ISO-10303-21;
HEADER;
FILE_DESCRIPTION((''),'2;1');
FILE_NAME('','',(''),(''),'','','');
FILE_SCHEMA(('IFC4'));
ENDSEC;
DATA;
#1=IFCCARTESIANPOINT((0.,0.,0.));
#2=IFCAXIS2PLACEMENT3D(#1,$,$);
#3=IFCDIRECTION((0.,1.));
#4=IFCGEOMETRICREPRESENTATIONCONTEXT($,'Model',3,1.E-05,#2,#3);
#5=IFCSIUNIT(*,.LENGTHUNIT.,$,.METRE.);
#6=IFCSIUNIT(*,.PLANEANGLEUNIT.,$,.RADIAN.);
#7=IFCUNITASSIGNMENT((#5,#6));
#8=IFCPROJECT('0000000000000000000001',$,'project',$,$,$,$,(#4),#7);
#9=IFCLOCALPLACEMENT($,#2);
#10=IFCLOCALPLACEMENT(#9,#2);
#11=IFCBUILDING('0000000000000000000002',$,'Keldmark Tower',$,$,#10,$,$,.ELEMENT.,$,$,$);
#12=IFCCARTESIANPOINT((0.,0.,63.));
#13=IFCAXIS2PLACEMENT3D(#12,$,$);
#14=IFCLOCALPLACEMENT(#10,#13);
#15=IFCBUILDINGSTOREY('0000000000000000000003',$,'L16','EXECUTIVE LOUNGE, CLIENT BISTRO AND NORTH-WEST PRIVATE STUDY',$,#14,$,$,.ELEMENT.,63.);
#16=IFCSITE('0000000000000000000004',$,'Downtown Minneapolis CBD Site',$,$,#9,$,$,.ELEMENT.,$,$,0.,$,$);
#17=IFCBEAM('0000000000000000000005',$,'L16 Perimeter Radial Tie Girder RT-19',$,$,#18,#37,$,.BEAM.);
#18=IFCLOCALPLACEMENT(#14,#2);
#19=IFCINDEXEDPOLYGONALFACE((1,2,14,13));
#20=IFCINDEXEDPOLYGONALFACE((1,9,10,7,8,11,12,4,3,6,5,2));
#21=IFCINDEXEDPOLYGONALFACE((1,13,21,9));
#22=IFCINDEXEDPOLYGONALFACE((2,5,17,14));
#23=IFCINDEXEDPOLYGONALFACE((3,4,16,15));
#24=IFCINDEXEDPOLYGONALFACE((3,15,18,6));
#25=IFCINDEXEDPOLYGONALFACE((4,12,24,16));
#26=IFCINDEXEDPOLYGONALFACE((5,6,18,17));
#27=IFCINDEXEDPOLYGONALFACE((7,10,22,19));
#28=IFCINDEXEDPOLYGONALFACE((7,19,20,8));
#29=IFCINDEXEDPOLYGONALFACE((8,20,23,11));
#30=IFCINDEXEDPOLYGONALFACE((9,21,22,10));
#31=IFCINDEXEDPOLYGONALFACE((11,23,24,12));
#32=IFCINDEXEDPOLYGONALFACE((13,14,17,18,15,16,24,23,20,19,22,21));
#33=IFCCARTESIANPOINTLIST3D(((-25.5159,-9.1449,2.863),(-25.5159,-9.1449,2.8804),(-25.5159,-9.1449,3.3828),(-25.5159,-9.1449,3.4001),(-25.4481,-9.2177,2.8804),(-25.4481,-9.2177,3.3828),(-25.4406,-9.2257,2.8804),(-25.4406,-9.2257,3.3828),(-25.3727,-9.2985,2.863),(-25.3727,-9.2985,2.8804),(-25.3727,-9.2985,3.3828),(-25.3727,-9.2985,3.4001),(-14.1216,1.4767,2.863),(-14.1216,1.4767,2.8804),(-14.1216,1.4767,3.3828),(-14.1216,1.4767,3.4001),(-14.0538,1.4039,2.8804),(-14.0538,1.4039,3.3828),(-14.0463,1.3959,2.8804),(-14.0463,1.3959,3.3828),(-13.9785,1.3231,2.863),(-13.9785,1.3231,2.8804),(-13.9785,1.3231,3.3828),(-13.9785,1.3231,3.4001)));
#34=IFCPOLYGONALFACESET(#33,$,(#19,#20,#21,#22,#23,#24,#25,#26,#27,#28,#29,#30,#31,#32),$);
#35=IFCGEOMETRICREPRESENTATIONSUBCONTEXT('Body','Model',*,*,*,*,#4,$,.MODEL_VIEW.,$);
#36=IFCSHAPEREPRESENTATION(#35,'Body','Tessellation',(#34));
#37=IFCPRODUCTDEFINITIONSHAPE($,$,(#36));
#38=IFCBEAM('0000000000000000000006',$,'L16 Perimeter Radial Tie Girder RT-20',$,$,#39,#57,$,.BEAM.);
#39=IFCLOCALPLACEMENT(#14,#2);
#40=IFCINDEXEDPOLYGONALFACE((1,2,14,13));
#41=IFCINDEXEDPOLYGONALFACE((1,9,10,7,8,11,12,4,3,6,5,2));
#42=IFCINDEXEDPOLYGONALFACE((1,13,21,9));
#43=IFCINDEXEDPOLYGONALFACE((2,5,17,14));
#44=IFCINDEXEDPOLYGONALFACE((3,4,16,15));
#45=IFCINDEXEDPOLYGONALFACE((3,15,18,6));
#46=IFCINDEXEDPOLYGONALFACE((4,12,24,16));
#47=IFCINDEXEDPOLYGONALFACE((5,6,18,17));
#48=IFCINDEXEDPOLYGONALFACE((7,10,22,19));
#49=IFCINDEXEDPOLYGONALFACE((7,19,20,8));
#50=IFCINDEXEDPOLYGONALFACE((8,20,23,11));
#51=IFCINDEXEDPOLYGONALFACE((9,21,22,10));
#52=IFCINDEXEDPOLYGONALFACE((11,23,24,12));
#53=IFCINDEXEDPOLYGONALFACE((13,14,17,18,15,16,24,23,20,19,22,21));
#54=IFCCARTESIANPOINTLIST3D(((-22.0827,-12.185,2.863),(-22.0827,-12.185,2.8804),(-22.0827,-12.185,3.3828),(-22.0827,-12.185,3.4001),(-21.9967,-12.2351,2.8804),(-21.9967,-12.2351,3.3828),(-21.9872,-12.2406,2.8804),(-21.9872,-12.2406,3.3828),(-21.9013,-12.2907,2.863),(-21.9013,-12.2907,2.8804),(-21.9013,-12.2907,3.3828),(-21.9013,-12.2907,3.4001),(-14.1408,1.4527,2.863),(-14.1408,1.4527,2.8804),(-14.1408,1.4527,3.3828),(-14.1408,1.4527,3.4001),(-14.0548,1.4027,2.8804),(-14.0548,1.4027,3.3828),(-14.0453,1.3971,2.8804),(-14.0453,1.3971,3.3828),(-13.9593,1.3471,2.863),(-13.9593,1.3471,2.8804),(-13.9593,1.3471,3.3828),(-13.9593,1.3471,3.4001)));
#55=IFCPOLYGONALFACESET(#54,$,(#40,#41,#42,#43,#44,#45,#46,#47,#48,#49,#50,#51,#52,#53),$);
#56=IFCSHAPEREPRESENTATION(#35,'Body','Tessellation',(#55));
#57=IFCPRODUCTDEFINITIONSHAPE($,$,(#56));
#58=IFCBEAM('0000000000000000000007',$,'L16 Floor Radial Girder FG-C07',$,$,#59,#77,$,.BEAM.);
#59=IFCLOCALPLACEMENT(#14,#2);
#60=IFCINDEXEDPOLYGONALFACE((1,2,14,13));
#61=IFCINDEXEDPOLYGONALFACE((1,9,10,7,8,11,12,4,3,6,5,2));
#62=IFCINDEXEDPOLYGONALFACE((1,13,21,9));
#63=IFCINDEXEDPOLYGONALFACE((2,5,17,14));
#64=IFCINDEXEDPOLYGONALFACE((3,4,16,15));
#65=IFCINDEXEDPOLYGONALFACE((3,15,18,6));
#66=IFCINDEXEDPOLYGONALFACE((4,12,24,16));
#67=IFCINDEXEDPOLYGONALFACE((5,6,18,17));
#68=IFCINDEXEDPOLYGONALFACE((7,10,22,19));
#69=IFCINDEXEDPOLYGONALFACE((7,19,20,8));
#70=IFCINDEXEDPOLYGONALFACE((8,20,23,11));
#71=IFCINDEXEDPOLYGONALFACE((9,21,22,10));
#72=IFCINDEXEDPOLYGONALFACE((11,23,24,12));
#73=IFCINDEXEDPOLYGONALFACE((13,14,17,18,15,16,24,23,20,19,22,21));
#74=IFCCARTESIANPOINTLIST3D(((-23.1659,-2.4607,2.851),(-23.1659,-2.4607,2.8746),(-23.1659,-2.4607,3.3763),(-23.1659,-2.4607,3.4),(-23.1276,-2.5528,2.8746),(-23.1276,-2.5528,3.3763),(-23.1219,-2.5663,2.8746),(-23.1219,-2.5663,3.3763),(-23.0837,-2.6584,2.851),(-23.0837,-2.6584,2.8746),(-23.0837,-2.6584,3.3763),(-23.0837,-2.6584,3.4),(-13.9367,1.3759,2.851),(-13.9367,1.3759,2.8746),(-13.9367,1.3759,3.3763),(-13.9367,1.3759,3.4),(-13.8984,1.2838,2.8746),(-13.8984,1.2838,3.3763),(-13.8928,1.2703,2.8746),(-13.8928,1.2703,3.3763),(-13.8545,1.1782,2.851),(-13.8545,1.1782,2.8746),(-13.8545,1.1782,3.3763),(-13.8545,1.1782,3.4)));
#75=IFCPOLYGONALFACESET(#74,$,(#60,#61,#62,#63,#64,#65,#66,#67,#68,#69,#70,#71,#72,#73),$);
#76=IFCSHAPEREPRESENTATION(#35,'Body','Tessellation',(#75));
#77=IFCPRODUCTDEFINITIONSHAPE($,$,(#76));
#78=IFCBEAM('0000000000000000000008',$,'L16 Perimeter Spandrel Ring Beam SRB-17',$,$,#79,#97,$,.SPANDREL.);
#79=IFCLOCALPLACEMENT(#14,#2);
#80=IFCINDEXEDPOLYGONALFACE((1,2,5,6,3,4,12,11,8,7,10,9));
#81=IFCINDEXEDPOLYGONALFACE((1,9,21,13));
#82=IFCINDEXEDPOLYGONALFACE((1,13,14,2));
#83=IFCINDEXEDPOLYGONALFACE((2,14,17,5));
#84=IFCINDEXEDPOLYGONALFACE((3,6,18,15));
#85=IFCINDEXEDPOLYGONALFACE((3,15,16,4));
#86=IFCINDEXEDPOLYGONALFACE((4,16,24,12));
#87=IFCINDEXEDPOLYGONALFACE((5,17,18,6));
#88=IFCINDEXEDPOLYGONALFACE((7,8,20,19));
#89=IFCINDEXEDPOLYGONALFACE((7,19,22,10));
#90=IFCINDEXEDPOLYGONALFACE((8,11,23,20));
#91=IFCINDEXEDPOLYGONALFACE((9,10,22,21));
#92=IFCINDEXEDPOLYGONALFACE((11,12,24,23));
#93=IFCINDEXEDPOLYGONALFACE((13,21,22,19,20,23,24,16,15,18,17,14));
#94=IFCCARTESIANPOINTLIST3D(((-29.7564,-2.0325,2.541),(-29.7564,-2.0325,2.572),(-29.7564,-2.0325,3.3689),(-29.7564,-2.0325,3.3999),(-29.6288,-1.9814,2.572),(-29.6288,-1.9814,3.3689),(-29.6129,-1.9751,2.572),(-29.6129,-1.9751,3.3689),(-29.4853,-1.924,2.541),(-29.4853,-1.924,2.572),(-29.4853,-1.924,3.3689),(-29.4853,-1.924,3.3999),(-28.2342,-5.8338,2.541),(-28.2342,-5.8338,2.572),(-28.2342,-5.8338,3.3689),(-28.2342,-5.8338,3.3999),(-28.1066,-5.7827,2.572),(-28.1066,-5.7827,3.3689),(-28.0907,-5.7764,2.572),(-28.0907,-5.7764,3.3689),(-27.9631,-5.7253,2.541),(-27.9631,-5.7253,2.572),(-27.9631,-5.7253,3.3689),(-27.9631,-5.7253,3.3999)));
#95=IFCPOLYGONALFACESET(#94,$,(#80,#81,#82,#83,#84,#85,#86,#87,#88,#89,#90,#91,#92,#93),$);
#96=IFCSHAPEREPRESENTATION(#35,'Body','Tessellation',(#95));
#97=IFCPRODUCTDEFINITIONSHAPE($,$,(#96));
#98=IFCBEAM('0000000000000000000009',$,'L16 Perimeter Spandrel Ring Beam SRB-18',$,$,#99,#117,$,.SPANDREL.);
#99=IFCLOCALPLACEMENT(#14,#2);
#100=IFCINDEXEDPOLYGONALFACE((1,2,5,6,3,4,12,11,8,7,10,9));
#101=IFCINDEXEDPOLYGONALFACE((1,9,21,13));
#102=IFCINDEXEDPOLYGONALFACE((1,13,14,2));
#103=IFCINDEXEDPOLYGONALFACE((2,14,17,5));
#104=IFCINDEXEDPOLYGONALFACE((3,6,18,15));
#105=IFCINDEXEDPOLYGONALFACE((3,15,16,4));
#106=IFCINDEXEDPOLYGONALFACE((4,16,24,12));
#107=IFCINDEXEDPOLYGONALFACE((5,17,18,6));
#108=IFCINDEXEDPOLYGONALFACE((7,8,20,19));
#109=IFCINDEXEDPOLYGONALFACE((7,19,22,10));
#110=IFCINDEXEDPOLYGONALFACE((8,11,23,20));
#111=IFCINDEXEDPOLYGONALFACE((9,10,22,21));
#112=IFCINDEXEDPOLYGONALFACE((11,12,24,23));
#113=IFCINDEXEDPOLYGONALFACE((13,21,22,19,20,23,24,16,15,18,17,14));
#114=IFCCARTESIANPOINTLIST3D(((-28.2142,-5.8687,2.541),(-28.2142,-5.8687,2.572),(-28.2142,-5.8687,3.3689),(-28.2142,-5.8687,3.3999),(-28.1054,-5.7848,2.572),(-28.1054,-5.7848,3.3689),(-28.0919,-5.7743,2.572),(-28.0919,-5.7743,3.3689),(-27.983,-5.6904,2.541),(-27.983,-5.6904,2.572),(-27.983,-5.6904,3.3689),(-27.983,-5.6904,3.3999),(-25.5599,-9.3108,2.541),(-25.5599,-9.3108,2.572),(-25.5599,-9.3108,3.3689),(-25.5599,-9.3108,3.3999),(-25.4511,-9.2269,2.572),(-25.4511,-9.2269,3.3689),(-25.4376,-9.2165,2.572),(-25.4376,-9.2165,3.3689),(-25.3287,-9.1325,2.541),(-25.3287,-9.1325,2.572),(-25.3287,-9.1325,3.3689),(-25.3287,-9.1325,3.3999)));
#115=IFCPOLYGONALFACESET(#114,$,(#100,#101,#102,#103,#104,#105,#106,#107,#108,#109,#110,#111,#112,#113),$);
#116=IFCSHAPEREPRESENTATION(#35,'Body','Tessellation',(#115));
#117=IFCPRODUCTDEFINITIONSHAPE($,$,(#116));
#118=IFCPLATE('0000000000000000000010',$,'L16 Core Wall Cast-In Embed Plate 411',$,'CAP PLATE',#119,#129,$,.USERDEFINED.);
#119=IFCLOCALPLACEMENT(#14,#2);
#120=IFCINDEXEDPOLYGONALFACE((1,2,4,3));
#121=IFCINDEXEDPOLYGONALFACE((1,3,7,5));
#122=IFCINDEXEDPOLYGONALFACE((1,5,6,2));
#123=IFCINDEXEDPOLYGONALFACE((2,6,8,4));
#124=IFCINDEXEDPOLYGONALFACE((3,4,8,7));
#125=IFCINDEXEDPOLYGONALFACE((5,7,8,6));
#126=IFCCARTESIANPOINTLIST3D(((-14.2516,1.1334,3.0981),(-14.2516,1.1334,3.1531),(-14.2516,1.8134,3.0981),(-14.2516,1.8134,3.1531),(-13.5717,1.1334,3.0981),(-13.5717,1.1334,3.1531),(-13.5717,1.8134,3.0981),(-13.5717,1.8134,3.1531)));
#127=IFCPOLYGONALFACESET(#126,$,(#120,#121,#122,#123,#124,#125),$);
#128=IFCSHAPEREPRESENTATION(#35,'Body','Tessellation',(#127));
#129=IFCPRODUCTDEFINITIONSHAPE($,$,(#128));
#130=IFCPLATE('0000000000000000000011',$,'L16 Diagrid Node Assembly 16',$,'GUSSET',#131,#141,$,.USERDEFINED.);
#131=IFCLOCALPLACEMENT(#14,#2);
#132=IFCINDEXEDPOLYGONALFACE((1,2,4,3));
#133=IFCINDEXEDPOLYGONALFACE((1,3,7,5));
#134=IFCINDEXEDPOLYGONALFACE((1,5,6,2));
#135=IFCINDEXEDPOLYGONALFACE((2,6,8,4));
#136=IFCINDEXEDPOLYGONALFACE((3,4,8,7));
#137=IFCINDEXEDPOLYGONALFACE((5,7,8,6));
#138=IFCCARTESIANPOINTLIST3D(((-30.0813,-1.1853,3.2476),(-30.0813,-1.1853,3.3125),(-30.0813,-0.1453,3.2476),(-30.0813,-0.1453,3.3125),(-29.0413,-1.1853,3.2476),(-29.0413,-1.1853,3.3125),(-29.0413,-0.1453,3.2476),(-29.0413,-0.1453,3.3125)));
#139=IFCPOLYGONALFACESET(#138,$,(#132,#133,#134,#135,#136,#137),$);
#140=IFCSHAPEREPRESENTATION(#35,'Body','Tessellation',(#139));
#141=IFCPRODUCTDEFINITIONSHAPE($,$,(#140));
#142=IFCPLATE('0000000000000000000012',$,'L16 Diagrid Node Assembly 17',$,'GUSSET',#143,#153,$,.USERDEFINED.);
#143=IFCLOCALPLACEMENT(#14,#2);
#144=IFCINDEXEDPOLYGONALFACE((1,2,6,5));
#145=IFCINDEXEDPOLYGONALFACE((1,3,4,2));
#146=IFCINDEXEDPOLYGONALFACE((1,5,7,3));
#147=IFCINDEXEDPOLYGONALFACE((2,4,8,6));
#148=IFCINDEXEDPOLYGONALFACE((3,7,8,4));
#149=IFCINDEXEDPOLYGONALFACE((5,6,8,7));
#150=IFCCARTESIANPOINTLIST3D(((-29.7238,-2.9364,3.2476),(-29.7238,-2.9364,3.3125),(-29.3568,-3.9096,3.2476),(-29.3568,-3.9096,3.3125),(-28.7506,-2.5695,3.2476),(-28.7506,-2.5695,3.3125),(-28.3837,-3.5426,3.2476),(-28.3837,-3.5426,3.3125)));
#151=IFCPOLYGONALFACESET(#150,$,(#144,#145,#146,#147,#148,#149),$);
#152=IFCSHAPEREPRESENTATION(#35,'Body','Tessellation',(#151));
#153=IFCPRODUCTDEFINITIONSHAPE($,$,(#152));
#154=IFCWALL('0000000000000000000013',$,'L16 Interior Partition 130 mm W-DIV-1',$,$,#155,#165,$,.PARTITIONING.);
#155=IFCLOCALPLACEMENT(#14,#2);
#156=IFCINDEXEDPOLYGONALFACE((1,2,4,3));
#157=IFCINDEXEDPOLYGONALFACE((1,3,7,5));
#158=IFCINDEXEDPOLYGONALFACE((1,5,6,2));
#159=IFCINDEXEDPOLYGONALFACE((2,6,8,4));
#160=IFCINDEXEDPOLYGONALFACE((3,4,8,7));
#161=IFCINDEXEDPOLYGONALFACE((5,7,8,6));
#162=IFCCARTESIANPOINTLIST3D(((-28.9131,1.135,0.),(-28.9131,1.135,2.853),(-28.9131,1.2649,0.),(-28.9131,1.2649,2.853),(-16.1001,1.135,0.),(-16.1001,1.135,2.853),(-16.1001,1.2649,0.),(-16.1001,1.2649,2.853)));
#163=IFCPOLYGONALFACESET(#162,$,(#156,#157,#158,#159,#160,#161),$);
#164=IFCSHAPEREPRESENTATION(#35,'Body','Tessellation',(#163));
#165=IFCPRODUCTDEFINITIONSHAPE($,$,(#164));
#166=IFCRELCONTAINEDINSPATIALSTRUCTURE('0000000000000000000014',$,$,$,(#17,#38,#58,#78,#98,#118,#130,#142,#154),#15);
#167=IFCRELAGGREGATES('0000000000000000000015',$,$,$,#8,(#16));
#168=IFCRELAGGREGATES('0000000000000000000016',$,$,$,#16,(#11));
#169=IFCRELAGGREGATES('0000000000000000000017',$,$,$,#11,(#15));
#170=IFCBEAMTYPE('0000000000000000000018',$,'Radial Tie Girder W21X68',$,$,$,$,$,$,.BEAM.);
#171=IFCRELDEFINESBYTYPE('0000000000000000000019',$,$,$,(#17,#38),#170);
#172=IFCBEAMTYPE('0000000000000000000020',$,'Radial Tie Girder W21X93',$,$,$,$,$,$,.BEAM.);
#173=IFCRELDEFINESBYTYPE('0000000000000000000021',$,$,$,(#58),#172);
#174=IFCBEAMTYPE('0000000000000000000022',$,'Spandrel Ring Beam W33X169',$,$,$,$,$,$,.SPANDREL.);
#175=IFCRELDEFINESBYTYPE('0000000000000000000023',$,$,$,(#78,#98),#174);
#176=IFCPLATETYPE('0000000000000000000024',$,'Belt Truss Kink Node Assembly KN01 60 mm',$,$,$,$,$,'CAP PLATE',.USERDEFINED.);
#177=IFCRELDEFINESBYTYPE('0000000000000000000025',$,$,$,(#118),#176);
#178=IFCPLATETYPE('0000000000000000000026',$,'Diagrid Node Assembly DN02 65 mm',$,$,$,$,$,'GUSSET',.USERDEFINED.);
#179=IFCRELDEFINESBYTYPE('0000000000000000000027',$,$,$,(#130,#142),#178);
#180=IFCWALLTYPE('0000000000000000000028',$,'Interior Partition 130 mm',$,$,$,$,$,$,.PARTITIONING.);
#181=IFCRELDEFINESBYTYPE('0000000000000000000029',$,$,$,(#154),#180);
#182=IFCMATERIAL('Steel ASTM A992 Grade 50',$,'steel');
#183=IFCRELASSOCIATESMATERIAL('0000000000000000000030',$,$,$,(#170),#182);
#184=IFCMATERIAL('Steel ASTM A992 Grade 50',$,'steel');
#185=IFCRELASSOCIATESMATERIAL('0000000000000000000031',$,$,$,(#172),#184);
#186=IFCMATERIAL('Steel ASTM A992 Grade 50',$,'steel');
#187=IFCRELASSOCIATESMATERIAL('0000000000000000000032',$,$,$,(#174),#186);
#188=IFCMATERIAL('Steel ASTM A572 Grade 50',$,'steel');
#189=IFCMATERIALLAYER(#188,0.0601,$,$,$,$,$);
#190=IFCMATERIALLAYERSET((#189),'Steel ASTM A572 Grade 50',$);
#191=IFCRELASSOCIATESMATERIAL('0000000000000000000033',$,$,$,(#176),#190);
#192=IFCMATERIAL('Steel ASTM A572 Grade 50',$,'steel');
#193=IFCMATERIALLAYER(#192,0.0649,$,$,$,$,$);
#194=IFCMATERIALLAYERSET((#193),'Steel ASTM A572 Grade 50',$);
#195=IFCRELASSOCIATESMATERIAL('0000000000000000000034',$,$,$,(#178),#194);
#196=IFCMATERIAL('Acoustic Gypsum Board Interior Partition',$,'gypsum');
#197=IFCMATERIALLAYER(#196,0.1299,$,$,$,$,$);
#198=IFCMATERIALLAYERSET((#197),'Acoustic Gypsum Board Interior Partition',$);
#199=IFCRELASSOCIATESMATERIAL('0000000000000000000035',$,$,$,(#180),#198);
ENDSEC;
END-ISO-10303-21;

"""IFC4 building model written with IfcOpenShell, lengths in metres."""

from ifc_helpers import new_model, si_unit, direction, frame, frame_2d, origin, origin_2d, place, context, subcontext, project, spatial, rectangle, i_section, extrude, material, layer, layer_set, material_profile, profile_set, type_object, element, save


model = new_model("IFC4")

# Units and contexts
model_context = context("Model", 3, precision=1e-05, world=origin(), true_north=direction((0.0, 1.0)))
body_context = subcontext(model_context, "Body", "Model", "MODEL_VIEW")
ifc_project = project(units=[si_unit("LENGTHUNIT", "METRE"), si_unit("PLANEANGLEUNIT", "RADIAN")], contexts=[model_context])

# Site, building, storey
site_placement = place(None, origin())
site = spatial("IfcSite", under=ifc_project, at=site_placement, Name="Downtown Minneapolis CBD Site", CompositionType="ELEMENT", RefElevation=0.0)
building_placement = place(site_placement, origin())
building = spatial("IfcBuilding", under=site, at=building_placement, Name="Keldmark Tower", CompositionType="ELEMENT")
storey_placement = place(building_placement, frame((0.0, 0.0, 63.0)))
storey = spatial("IfcBuildingStorey", under=building, at=storey_placement, Name="L16", Description="EXECUTIVE LOUNGE, CLIENT BISTRO AND NORTH-WEST PRIVATE STUDY", CompositionType="ELEMENT", Elevation=63.0)

# Beams
ifc_material_1 = material(Name="Steel ASTM A992 Grade 50", Category="steel")
ifc_material_profile_1 = material_profile(ifc_material_1, i_section(OverallWidth=0.21, OverallDepth=0.5371, WebThickness=0.011, FlangeThickness=0.0173, at=origin_2d()), Name="W21X68")
ifc_profile_set_1 = profile_set([ifc_material_profile_1], Name="Steel ASTM A992 Grade 50")
beam_type_1 = type_object("IfcBeamType", Name="Radial Tie Girder W21X68", PredefinedType="BEAM", material=ifc_profile_set_1)
beam_1_placement = place(storey_placement, frame((-14.05, 1.3999, 3.1316), z_axis=(-0.731474, -0.681869, 0.0), x_axis=(0.681869, -0.731474, 0.0)))
element("IfcBeam", 1, at=beam_1_placement, inside=storey, type_object=beam_type_1, Name="L16 Perimeter Radial Tie Girder RT-19", PredefinedType="BEAM", context=body_context, shape_type="SweptSolid", body=[
    extrude(i_section(OverallWidth=0.21, OverallDepth=0.5371, WebThickness=0.011, FlangeThickness=0.0173, at=origin_2d()), origin(), (0.0, 0.0, 1.0), 15.5771),
])
beam_2_placement = place(storey_placement, frame((-14.05, 1.3999, 3.1316), z_axis=(-0.503236, -0.864149, 0.0), x_axis=(0.864149, -0.503236, 0.0)))
element("IfcBeam", 2, at=beam_2_placement, inside=storey, type_object=beam_type_1, Name="L16 Perimeter Radial Tie Girder RT-20", PredefinedType="BEAM", context=body_context, shape_type="SweptSolid", body=[
    extrude(i_section(OverallWidth=0.21, OverallDepth=0.5371, WebThickness=0.011, FlangeThickness=0.0173, at=origin_2d()), origin(), (0.0, 0.0, 1.0), 15.7817),
])
ifc_material_2 = material(Name="Steel ASTM A992 Grade 50", Category="steel")
ifc_material_profile_2 = material_profile(ifc_material_2, i_section(OverallWidth=0.2141, OverallDepth=0.5491, WebThickness=0.0146, FlangeThickness=0.0237, at=origin_2d()), Name="W21X93")
ifc_profile_set_2 = profile_set([ifc_material_profile_2], Name="Steel ASTM A992 Grade 50")
beam_type_2 = type_object("IfcBeamType", Name="Radial Tie Girder W21X93", PredefinedType="BEAM", material=ifc_profile_set_2)
beam_3_placement = place(storey_placement, frame((-23.1248, -2.5596, 3.1255), z_axis=(0.923391, 0.383861, 0.0), x_axis=(-0.383861, 0.923391, 0.0)))
element("IfcBeam", 3, at=beam_3_placement, inside=storey, type_object=beam_type_2, Name="L16 Floor Radial Girder FG-C07", PredefinedType="BEAM", context=body_context, shape_type="SweptSolid", body=[
    extrude(i_section(OverallWidth=0.2141, OverallDepth=0.5491, WebThickness=0.0146, FlangeThickness=0.0237, at=origin_2d()), origin(), (0.0, 0.0, 1.0), 9.9949),
])
ifc_material_3 = material(Name="Steel ASTM A992 Grade 50", Category="steel")
ifc_material_profile_3 = material_profile(ifc_material_3, i_section(OverallWidth=0.292, OverallDepth=0.8589, WebThickness=0.0171, FlangeThickness=0.031, at=origin_2d()), Name="W33X169")
ifc_profile_set_3 = profile_set([ifc_material_profile_3], Name="Steel ASTM A992 Grade 50")
beam_type_3 = type_object("IfcBeamType", Name="Spandrel Ring Beam W33X169", PredefinedType="SPANDREL", material=ifc_profile_set_3)
beam_4_placement = place(storey_placement, frame((-29.6208, -1.9783, 2.9705), z_axis=(0.37175, -0.928333, 0.0), x_axis=(0.928333, 0.37175, 0.0)))
element("IfcBeam", 4, at=beam_4_placement, inside=storey, type_object=beam_type_3, Name="L16 Perimeter Spandrel Ring Beam SRB-17", PredefinedType="SPANDREL", context=body_context, shape_type="SweptSolid", body=[
    extrude(i_section(OverallWidth=0.292, OverallDepth=0.8589, WebThickness=0.0171, FlangeThickness=0.031, at=origin_2d()), origin(), (0.0, 0.0, 1.0), 4.0947),
])
beam_5_placement = place(storey_placement, frame((-28.0986, -5.7795, 2.9705), z_axis=(0.61065, -0.791901, 0.0), x_axis=(0.791901, 0.61065, 0.0)))
element("IfcBeam", 5, at=beam_5_placement, inside=storey, type_object=beam_type_3, Name="L16 Perimeter Spandrel Ring Beam SRB-18", PredefinedType="SPANDREL", context=body_context, shape_type="SweptSolid", body=[
    extrude(i_section(OverallWidth=0.292, OverallDepth=0.8589, WebThickness=0.0171, FlangeThickness=0.031, at=origin_2d()), origin(), (0.0, 0.0, 1.0), 4.3467),
])

# Plates
ifc_material_4 = material(Name="Steel ASTM A572 Grade 50", Category="steel")
ifc_layer_1 = layer(ifc_material_4, 0.0601)
ifc_layer_set_1 = layer_set([ifc_layer_1], Name="Steel ASTM A572 Grade 50")
plate_type_1 = type_object("IfcPlateType", Name="Belt Truss Kink Node Assembly KN01 60 mm", ElementType="CAP PLATE", PredefinedType="USERDEFINED", material=ifc_layer_set_1)
plate_placement = place(storey_placement, frame((-13.9116, 1.4734, 3.0981), z_axis=(0.0, 0.0, 1.0), x_axis=(1.0, 0.0, 0.0)))
element("IfcPlate", 6, at=plate_placement, inside=storey, type_object=plate_type_1, Name="L16 Core Wall Cast-In Embed Plate 411", ObjectType="CAP PLATE", PredefinedType="USERDEFINED", context=body_context, shape_type="SweptSolid", body=[
    extrude(rectangle(XDim=0.6799, YDim=0.6799, at=origin_2d()), origin(), (0.0, 0.0, 1.0), 0.0549),
])
ifc_material_5 = material(Name="Steel ASTM A572 Grade 50", Category="steel")
ifc_layer_2 = layer(ifc_material_5, 0.0649)
ifc_layer_set_2 = layer_set([ifc_layer_2], Name="Steel ASTM A572 Grade 50")
plate_type_2 = type_object("IfcPlateType", Name="Diagrid Node Assembly DN02 65 mm", ElementType="GUSSET", PredefinedType="USERDEFINED", material=ifc_layer_set_2)
for number, where, z_axis, x_axis, name in (
    (7, (-29.5613, -0.6653, 3.2476), (0.0, 0.0, 1.0), (0.0, -1.0, 0.0), "L16 Diagrid Node Assembly 16"),
    (8, (-29.0537, -3.2395, 3.2476), (0.0, 0.0, 1.0), (0.352822, -0.935691, 0.0), "L16 Diagrid Node Assembly 17"),
):
    element("IfcPlate", number, at=place(storey_placement, frame(where, z_axis=z_axis, x_axis=x_axis)), inside=storey, type_object=plate_type_2, Name=name, ObjectType="GUSSET", PredefinedType="USERDEFINED", context=body_context, shape_type="SweptSolid", body=[
        extrude(rectangle(XDim=1.04, YDim=1.04, at=origin_2d()), origin(), (0.0, 0.0, 1.0), 0.0649),
    ])

# Wall
ifc_material_6 = material(Name="Acoustic Gypsum Board Interior Partition", Category="gypsum")
ifc_layer_3 = layer(ifc_material_6, 0.1299)
ifc_layer_set_3 = layer_set([ifc_layer_3], Name="Acoustic Gypsum Board Interior Partition")
wall_type_1 = type_object("IfcWallType", Name="Interior Partition 130 mm", PredefinedType="PARTITIONING", material=ifc_layer_set_3)
wall_1_placement = place(storey_placement, frame((-28.9131, 1.2, 0.0), z_axis=(0.0, 0.0, 1.0), x_axis=(1.0, 0.0, 0.0)))
element("IfcWall", 9, at=wall_1_placement, inside=storey, type_object=wall_type_1, Name="L16 Interior Partition 130 mm W-DIV-1", PredefinedType="PARTITIONING", context=body_context, shape_type="SweptSolid", body=[
    extrude(rectangle(XDim=12.813, YDim=0.1299, at=frame_2d((6.4065, 0.0))), origin(), (0.0, 0.0, 1.0), 2.853),
])

save(model, "model.ifc")
